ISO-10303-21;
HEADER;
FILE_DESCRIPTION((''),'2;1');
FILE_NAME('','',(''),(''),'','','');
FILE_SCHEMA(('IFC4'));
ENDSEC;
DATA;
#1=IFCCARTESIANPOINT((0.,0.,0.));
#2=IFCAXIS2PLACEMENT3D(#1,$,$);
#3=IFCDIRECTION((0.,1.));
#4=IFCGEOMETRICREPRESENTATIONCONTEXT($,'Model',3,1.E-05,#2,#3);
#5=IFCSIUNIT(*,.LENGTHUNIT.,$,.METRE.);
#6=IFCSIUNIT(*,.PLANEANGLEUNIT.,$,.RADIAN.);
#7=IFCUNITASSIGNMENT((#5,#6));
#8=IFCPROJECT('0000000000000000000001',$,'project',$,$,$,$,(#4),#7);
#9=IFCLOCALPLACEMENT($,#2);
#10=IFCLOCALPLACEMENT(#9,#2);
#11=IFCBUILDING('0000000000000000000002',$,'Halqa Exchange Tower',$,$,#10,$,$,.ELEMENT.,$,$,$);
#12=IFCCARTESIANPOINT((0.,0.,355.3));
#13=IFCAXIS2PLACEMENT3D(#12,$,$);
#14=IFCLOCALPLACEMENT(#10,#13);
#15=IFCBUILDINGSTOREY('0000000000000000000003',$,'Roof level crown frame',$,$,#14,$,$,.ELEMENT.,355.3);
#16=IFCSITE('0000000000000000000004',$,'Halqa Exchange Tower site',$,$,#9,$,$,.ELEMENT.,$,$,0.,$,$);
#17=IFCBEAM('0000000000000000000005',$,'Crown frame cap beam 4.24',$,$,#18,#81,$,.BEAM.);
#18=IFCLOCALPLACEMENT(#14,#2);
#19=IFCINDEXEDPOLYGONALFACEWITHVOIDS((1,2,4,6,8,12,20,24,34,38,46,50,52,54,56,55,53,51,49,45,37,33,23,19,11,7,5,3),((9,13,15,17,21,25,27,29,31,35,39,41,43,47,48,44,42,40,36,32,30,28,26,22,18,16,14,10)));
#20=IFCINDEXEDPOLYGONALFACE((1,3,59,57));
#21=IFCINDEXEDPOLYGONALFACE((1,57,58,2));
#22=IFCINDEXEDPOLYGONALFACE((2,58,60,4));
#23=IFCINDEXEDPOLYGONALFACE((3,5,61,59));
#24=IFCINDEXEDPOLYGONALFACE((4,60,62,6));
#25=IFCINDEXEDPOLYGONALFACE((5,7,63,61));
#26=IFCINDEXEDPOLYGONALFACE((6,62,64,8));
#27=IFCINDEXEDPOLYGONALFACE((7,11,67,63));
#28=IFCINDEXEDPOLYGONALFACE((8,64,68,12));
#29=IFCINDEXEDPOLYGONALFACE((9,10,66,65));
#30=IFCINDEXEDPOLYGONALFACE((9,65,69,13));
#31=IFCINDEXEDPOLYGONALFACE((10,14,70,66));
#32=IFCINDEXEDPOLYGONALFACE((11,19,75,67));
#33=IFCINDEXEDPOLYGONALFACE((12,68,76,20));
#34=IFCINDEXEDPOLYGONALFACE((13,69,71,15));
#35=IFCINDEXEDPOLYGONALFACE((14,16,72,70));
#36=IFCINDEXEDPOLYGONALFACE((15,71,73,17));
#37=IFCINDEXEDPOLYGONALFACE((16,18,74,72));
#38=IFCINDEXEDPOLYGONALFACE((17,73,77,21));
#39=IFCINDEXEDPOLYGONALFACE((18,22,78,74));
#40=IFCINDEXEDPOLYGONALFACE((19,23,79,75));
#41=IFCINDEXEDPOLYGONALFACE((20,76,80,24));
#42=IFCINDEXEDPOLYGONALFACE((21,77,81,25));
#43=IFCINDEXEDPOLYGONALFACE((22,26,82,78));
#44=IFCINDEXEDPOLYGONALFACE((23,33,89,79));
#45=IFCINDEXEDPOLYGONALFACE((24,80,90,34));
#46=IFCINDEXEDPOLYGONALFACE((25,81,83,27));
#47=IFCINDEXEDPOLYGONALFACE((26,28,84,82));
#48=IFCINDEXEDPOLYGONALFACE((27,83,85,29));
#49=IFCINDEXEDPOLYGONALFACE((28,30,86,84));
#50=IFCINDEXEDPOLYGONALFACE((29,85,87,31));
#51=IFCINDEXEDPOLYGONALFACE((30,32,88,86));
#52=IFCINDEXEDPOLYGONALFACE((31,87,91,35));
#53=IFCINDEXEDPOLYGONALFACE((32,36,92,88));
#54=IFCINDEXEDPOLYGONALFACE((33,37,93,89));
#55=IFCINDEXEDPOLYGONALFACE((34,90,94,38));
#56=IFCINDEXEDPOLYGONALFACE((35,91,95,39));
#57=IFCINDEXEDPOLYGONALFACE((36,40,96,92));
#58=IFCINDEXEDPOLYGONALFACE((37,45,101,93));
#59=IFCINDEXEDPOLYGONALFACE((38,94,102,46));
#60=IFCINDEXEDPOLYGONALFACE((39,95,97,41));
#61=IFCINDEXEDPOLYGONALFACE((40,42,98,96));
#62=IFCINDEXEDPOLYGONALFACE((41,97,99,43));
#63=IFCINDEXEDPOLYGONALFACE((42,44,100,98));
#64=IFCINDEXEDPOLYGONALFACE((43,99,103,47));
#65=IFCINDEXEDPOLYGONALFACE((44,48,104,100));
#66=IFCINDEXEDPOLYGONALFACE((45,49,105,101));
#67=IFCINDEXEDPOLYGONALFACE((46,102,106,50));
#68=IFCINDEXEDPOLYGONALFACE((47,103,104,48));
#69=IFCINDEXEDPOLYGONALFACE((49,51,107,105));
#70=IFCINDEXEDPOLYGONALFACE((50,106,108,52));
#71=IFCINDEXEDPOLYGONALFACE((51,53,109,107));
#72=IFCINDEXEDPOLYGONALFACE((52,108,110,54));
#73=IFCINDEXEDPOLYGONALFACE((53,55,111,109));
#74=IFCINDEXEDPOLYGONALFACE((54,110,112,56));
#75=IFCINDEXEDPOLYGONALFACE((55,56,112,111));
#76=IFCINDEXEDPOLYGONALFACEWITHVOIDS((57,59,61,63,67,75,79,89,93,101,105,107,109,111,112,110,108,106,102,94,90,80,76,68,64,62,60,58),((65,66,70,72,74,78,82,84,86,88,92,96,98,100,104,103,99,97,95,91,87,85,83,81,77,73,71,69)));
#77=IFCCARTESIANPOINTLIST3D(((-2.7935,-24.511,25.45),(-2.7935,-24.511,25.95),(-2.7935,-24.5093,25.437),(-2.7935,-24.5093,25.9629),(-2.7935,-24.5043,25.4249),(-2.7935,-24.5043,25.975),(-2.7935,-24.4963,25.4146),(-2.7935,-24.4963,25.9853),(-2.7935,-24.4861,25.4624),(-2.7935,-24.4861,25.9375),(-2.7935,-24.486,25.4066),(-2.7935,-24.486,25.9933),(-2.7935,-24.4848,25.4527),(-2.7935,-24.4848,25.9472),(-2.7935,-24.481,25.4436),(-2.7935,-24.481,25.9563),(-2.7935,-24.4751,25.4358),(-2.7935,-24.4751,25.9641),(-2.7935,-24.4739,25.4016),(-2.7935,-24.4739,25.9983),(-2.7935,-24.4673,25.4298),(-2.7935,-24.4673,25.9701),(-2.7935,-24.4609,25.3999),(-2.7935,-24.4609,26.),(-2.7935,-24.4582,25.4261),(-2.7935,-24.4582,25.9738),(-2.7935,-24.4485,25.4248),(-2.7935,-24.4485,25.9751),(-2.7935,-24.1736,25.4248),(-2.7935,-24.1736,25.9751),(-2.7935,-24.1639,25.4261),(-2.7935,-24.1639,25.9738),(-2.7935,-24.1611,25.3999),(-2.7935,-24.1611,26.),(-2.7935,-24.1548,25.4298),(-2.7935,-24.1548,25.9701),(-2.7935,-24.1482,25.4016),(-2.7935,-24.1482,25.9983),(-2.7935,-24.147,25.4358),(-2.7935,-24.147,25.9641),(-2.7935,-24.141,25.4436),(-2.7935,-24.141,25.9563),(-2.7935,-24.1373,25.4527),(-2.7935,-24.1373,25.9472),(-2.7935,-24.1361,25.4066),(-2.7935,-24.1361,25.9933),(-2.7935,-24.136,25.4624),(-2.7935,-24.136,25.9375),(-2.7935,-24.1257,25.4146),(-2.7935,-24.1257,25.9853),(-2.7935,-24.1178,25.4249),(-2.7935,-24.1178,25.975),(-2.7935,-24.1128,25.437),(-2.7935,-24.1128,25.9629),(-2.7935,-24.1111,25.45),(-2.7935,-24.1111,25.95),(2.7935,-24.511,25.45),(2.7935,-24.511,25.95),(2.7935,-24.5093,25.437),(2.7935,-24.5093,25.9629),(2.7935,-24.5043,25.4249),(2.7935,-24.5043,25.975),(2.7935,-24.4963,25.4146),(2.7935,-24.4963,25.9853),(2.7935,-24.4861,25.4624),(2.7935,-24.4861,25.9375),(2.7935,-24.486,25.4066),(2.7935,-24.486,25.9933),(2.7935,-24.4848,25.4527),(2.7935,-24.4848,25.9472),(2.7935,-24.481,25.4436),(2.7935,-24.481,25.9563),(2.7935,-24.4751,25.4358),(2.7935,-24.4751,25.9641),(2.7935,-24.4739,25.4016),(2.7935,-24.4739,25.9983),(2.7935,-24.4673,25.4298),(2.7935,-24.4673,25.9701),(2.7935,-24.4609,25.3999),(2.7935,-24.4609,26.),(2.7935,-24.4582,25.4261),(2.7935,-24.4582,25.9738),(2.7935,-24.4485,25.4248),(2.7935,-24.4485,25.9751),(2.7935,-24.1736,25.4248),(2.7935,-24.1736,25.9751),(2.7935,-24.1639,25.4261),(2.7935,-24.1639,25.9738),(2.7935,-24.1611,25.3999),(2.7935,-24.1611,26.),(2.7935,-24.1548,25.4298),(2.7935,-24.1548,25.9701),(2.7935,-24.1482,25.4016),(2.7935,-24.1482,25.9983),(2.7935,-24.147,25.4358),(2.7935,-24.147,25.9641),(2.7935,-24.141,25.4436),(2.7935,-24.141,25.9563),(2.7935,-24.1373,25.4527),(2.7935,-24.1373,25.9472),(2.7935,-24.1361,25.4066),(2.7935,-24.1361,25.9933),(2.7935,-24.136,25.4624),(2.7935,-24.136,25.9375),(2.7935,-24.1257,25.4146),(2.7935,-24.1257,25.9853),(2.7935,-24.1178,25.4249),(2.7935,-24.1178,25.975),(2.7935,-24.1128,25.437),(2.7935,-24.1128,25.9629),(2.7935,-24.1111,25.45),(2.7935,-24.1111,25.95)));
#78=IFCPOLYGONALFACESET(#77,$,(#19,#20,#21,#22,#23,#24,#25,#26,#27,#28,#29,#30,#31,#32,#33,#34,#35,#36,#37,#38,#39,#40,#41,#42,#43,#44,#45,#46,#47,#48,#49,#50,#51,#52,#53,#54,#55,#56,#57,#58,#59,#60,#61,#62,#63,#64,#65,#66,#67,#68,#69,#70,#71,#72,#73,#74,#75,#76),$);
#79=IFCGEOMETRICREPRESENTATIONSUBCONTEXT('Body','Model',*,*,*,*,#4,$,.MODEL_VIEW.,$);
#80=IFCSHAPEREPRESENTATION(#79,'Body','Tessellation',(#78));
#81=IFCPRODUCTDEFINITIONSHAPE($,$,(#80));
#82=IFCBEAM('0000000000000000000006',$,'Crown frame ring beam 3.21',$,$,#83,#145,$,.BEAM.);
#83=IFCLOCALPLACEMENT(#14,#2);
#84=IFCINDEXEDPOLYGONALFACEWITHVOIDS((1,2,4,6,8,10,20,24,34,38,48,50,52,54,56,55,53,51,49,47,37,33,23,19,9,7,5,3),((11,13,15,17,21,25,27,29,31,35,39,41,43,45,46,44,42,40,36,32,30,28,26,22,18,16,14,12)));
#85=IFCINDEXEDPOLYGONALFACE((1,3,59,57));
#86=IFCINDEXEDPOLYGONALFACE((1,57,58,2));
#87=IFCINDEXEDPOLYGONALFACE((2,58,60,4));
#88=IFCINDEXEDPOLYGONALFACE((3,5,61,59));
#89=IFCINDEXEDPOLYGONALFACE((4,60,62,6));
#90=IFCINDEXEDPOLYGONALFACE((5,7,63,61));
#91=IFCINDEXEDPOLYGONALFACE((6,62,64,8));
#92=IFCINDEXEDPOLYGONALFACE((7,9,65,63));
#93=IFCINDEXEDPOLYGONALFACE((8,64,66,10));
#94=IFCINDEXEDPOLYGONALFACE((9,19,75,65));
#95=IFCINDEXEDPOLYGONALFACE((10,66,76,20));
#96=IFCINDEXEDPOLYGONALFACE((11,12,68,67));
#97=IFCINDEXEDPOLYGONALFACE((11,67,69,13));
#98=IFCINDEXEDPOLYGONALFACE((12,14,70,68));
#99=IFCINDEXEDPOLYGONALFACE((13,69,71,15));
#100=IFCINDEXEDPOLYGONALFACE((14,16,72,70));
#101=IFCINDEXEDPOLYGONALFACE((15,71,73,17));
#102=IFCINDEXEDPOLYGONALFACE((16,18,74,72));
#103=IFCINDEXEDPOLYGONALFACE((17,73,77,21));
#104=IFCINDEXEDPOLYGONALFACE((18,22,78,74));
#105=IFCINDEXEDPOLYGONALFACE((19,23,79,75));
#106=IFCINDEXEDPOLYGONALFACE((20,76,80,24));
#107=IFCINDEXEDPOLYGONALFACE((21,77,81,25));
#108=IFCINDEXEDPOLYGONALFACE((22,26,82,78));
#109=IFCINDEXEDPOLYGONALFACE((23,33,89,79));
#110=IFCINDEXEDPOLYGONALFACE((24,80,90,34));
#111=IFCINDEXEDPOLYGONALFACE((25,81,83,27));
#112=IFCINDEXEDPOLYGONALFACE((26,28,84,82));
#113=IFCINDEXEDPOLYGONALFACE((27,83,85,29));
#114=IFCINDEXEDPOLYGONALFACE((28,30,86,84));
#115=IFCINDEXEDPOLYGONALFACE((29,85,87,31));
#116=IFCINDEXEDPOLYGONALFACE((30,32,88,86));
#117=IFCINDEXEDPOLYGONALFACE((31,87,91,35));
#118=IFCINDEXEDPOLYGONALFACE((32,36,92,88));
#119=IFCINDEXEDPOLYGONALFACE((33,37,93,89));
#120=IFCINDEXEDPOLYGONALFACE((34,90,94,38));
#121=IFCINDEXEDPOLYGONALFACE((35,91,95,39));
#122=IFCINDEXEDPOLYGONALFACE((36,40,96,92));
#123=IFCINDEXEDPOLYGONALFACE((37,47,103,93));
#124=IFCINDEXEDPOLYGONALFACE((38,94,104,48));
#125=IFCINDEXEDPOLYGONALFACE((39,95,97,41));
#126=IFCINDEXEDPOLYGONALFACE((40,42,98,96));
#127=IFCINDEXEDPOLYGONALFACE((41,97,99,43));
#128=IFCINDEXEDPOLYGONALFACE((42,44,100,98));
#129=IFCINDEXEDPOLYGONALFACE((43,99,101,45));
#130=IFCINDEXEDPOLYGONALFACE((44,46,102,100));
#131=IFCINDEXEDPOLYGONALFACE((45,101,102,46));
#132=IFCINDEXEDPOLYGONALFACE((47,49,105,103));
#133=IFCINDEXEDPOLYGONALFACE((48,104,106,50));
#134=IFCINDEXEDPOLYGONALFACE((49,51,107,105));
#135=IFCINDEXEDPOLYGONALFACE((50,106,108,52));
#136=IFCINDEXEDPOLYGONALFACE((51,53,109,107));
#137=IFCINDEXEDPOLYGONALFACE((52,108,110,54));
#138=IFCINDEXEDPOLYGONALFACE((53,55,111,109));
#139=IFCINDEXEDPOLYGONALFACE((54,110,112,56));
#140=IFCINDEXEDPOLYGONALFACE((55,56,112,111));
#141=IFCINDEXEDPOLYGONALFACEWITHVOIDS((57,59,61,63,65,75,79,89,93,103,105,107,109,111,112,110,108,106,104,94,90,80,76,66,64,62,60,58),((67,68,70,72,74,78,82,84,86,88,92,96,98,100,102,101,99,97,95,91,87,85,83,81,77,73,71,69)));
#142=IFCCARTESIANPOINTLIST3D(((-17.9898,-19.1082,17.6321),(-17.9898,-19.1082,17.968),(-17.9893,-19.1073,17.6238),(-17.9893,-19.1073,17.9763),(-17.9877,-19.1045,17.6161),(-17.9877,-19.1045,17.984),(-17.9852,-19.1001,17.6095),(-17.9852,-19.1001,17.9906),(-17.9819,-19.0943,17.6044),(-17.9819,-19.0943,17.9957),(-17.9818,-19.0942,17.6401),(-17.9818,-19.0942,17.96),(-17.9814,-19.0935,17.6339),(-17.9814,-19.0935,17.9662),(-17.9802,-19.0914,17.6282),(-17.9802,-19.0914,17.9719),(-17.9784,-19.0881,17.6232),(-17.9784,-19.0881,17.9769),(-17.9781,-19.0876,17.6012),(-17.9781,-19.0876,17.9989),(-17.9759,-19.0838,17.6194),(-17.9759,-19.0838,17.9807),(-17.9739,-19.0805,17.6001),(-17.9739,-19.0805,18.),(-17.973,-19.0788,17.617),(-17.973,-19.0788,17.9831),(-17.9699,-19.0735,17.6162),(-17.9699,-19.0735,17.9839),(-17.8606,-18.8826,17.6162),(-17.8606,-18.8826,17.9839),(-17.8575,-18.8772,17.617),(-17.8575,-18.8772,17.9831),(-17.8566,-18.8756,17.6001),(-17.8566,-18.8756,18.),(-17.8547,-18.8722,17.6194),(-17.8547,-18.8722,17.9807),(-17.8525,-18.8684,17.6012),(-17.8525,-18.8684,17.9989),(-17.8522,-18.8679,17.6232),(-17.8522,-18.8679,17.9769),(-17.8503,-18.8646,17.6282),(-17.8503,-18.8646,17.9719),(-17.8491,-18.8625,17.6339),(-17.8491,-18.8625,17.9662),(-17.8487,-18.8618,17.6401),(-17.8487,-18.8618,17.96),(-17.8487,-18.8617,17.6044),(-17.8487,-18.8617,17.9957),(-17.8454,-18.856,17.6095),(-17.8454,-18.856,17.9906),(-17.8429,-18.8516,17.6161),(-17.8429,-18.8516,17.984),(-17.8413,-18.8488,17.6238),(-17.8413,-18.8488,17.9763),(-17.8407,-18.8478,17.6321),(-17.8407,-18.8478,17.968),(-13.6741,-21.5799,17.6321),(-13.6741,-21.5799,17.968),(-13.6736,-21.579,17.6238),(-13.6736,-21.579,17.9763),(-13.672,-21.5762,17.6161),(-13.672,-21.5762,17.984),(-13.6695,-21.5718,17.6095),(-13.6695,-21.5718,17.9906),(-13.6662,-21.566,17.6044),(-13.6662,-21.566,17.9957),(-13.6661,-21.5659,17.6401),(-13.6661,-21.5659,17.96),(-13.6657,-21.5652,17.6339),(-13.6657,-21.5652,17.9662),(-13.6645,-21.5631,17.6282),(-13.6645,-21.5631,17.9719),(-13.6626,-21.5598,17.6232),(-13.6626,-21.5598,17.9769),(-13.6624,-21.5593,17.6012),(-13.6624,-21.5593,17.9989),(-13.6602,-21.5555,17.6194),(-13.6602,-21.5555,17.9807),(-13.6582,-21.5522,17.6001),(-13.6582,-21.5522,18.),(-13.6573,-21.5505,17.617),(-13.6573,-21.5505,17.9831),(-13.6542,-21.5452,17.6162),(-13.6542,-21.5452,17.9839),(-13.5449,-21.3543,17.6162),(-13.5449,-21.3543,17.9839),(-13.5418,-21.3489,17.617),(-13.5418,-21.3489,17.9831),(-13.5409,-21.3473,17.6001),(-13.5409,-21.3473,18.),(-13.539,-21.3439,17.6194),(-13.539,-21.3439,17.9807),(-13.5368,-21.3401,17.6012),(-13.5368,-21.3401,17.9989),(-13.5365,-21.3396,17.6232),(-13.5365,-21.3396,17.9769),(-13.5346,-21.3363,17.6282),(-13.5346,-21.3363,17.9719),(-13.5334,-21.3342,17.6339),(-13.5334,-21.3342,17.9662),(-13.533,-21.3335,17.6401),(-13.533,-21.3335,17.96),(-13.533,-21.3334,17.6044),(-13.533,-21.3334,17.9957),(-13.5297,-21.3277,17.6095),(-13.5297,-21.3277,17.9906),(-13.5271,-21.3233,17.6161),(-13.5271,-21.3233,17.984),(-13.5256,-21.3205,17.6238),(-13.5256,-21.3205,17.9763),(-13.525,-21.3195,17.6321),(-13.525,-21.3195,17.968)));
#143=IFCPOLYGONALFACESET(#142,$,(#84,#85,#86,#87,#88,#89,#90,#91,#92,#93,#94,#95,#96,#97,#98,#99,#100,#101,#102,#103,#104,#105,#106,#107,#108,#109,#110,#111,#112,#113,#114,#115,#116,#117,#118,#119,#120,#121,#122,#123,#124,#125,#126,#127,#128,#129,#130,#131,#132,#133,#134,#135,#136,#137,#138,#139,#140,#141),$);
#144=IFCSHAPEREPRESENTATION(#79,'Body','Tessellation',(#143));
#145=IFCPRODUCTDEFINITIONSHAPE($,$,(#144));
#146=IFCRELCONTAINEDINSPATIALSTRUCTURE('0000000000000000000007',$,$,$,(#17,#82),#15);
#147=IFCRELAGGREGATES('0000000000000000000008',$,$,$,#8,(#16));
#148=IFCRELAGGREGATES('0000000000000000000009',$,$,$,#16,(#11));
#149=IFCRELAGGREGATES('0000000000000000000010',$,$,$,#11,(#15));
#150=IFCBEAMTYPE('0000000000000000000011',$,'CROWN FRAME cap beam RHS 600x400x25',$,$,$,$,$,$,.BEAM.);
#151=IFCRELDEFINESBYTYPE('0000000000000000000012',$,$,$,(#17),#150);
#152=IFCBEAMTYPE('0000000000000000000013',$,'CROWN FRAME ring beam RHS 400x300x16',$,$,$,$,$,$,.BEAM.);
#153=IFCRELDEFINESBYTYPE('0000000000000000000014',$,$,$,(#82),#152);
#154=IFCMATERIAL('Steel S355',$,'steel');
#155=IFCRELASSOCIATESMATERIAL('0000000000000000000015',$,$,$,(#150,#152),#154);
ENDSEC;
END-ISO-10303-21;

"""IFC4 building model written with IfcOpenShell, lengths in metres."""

from ifc_helpers import new_model, si_unit, direction, frame, origin, origin_2d, place, context, subcontext, project, spatial, hollow_rectangle, extrude, material, material_profile, profile_set, type_object, element, save


model = new_model("IFC4")

# Units and contexts
model_context = context("Model", 3, precision=1e-05, world=origin(), true_north=direction((0.0, 1.0)))
body_context = subcontext(model_context, "Body", "Model", "MODEL_VIEW")
ifc_project = project(units=[si_unit("LENGTHUNIT", "METRE"), si_unit("PLANEANGLEUNIT", "RADIAN")], contexts=[model_context])

# Site, building, storey
site_placement = place(None, origin())
site = spatial("IfcSite", under=ifc_project, at=site_placement, Name="Halqa Exchange Tower site", CompositionType="ELEMENT", RefElevation=0.0)
building_placement = place(site_placement, origin())
building = spatial("IfcBuilding", under=site, at=building_placement, Name="Halqa Exchange Tower", CompositionType="ELEMENT")
storey_placement = place(building_placement, frame((0.0, 0.0, 355.3)))
storey = spatial("IfcBuildingStorey", under=building, at=storey_placement, Name="Roof level crown frame", CompositionType="ELEMENT", Elevation=355.3)

# Shared definitions
ifc_material_1 = material(Name="Steel S355", Category="steel")

# Beams
ifc_material_profile_1 = material_profile(ifc_material_1, hollow_rectangle(XDim=0.3999, YDim=0.6001, WallThickness=0.0249, InnerFilletRadius=0.0376, OuterFilletRadius=0.05, at=origin_2d()), Name="RHS 600x400x25")
ifc_profile_set_1 = profile_set([ifc_material_profile_1], Name="Steel S355")
beam_type_1 = type_object("IfcBeamType", Name="CROWN FRAME cap beam RHS 600x400x25", PredefinedType="BEAM", material=ifc_profile_set_1)
beam_1_placement = place(storey_placement, frame((-2.7935, -24.311, 25.7), z_axis=(1.0, 0.0, 0.0), x_axis=(0.0, 1.0, 0.0)))
element("IfcBeam", 1, at=beam_1_placement, inside=storey, type_object=beam_type_1, Name="Crown frame cap beam 4.24", PredefinedType="BEAM", context=body_context, shape_type="SweptSolid", body=[
    extrude(hollow_rectangle(XDim=0.3999, YDim=0.6001, WallThickness=0.0249, InnerFilletRadius=0.0376, OuterFilletRadius=0.05, at=origin_2d()), origin(), (0.0, 0.0, 1.0), 5.5869),
])
ifc_material_profile_2 = material_profile(ifc_material_1, hollow_rectangle(XDim=0.3, YDim=0.3999, WallThickness=0.0161, InnerFilletRadius=0.0239, OuterFilletRadius=0.032, at=origin_2d()), Name="RHS 400x300x16")
ifc_profile_set_2 = profile_set([ifc_material_profile_2], Name="Steel S355")
beam_type_2 = type_object("IfcBeamType", Name="CROWN FRAME ring beam RHS 400x300x16", PredefinedType="BEAM", material=ifc_profile_set_2)
beam_2_placement = place(storey_placement, frame((-17.9153, -18.978, 17.8), z_axis=(0.867759, -0.496985, 0.0), x_axis=(0.496985, 0.867759, 0.0)))
element("IfcBeam", 2, at=beam_2_placement, inside=storey, type_object=beam_type_2, Name="Crown frame ring beam 3.21", PredefinedType="BEAM", context=body_context, shape_type="SweptSolid", body=[
    extrude(hollow_rectangle(XDim=0.3, YDim=0.3999, WallThickness=0.0161, InnerFilletRadius=0.0239, OuterFilletRadius=0.032, at=origin_2d()), origin(), (0.0, 0.0, 1.0), 4.9734),
])

save(model, "model.ifc")
